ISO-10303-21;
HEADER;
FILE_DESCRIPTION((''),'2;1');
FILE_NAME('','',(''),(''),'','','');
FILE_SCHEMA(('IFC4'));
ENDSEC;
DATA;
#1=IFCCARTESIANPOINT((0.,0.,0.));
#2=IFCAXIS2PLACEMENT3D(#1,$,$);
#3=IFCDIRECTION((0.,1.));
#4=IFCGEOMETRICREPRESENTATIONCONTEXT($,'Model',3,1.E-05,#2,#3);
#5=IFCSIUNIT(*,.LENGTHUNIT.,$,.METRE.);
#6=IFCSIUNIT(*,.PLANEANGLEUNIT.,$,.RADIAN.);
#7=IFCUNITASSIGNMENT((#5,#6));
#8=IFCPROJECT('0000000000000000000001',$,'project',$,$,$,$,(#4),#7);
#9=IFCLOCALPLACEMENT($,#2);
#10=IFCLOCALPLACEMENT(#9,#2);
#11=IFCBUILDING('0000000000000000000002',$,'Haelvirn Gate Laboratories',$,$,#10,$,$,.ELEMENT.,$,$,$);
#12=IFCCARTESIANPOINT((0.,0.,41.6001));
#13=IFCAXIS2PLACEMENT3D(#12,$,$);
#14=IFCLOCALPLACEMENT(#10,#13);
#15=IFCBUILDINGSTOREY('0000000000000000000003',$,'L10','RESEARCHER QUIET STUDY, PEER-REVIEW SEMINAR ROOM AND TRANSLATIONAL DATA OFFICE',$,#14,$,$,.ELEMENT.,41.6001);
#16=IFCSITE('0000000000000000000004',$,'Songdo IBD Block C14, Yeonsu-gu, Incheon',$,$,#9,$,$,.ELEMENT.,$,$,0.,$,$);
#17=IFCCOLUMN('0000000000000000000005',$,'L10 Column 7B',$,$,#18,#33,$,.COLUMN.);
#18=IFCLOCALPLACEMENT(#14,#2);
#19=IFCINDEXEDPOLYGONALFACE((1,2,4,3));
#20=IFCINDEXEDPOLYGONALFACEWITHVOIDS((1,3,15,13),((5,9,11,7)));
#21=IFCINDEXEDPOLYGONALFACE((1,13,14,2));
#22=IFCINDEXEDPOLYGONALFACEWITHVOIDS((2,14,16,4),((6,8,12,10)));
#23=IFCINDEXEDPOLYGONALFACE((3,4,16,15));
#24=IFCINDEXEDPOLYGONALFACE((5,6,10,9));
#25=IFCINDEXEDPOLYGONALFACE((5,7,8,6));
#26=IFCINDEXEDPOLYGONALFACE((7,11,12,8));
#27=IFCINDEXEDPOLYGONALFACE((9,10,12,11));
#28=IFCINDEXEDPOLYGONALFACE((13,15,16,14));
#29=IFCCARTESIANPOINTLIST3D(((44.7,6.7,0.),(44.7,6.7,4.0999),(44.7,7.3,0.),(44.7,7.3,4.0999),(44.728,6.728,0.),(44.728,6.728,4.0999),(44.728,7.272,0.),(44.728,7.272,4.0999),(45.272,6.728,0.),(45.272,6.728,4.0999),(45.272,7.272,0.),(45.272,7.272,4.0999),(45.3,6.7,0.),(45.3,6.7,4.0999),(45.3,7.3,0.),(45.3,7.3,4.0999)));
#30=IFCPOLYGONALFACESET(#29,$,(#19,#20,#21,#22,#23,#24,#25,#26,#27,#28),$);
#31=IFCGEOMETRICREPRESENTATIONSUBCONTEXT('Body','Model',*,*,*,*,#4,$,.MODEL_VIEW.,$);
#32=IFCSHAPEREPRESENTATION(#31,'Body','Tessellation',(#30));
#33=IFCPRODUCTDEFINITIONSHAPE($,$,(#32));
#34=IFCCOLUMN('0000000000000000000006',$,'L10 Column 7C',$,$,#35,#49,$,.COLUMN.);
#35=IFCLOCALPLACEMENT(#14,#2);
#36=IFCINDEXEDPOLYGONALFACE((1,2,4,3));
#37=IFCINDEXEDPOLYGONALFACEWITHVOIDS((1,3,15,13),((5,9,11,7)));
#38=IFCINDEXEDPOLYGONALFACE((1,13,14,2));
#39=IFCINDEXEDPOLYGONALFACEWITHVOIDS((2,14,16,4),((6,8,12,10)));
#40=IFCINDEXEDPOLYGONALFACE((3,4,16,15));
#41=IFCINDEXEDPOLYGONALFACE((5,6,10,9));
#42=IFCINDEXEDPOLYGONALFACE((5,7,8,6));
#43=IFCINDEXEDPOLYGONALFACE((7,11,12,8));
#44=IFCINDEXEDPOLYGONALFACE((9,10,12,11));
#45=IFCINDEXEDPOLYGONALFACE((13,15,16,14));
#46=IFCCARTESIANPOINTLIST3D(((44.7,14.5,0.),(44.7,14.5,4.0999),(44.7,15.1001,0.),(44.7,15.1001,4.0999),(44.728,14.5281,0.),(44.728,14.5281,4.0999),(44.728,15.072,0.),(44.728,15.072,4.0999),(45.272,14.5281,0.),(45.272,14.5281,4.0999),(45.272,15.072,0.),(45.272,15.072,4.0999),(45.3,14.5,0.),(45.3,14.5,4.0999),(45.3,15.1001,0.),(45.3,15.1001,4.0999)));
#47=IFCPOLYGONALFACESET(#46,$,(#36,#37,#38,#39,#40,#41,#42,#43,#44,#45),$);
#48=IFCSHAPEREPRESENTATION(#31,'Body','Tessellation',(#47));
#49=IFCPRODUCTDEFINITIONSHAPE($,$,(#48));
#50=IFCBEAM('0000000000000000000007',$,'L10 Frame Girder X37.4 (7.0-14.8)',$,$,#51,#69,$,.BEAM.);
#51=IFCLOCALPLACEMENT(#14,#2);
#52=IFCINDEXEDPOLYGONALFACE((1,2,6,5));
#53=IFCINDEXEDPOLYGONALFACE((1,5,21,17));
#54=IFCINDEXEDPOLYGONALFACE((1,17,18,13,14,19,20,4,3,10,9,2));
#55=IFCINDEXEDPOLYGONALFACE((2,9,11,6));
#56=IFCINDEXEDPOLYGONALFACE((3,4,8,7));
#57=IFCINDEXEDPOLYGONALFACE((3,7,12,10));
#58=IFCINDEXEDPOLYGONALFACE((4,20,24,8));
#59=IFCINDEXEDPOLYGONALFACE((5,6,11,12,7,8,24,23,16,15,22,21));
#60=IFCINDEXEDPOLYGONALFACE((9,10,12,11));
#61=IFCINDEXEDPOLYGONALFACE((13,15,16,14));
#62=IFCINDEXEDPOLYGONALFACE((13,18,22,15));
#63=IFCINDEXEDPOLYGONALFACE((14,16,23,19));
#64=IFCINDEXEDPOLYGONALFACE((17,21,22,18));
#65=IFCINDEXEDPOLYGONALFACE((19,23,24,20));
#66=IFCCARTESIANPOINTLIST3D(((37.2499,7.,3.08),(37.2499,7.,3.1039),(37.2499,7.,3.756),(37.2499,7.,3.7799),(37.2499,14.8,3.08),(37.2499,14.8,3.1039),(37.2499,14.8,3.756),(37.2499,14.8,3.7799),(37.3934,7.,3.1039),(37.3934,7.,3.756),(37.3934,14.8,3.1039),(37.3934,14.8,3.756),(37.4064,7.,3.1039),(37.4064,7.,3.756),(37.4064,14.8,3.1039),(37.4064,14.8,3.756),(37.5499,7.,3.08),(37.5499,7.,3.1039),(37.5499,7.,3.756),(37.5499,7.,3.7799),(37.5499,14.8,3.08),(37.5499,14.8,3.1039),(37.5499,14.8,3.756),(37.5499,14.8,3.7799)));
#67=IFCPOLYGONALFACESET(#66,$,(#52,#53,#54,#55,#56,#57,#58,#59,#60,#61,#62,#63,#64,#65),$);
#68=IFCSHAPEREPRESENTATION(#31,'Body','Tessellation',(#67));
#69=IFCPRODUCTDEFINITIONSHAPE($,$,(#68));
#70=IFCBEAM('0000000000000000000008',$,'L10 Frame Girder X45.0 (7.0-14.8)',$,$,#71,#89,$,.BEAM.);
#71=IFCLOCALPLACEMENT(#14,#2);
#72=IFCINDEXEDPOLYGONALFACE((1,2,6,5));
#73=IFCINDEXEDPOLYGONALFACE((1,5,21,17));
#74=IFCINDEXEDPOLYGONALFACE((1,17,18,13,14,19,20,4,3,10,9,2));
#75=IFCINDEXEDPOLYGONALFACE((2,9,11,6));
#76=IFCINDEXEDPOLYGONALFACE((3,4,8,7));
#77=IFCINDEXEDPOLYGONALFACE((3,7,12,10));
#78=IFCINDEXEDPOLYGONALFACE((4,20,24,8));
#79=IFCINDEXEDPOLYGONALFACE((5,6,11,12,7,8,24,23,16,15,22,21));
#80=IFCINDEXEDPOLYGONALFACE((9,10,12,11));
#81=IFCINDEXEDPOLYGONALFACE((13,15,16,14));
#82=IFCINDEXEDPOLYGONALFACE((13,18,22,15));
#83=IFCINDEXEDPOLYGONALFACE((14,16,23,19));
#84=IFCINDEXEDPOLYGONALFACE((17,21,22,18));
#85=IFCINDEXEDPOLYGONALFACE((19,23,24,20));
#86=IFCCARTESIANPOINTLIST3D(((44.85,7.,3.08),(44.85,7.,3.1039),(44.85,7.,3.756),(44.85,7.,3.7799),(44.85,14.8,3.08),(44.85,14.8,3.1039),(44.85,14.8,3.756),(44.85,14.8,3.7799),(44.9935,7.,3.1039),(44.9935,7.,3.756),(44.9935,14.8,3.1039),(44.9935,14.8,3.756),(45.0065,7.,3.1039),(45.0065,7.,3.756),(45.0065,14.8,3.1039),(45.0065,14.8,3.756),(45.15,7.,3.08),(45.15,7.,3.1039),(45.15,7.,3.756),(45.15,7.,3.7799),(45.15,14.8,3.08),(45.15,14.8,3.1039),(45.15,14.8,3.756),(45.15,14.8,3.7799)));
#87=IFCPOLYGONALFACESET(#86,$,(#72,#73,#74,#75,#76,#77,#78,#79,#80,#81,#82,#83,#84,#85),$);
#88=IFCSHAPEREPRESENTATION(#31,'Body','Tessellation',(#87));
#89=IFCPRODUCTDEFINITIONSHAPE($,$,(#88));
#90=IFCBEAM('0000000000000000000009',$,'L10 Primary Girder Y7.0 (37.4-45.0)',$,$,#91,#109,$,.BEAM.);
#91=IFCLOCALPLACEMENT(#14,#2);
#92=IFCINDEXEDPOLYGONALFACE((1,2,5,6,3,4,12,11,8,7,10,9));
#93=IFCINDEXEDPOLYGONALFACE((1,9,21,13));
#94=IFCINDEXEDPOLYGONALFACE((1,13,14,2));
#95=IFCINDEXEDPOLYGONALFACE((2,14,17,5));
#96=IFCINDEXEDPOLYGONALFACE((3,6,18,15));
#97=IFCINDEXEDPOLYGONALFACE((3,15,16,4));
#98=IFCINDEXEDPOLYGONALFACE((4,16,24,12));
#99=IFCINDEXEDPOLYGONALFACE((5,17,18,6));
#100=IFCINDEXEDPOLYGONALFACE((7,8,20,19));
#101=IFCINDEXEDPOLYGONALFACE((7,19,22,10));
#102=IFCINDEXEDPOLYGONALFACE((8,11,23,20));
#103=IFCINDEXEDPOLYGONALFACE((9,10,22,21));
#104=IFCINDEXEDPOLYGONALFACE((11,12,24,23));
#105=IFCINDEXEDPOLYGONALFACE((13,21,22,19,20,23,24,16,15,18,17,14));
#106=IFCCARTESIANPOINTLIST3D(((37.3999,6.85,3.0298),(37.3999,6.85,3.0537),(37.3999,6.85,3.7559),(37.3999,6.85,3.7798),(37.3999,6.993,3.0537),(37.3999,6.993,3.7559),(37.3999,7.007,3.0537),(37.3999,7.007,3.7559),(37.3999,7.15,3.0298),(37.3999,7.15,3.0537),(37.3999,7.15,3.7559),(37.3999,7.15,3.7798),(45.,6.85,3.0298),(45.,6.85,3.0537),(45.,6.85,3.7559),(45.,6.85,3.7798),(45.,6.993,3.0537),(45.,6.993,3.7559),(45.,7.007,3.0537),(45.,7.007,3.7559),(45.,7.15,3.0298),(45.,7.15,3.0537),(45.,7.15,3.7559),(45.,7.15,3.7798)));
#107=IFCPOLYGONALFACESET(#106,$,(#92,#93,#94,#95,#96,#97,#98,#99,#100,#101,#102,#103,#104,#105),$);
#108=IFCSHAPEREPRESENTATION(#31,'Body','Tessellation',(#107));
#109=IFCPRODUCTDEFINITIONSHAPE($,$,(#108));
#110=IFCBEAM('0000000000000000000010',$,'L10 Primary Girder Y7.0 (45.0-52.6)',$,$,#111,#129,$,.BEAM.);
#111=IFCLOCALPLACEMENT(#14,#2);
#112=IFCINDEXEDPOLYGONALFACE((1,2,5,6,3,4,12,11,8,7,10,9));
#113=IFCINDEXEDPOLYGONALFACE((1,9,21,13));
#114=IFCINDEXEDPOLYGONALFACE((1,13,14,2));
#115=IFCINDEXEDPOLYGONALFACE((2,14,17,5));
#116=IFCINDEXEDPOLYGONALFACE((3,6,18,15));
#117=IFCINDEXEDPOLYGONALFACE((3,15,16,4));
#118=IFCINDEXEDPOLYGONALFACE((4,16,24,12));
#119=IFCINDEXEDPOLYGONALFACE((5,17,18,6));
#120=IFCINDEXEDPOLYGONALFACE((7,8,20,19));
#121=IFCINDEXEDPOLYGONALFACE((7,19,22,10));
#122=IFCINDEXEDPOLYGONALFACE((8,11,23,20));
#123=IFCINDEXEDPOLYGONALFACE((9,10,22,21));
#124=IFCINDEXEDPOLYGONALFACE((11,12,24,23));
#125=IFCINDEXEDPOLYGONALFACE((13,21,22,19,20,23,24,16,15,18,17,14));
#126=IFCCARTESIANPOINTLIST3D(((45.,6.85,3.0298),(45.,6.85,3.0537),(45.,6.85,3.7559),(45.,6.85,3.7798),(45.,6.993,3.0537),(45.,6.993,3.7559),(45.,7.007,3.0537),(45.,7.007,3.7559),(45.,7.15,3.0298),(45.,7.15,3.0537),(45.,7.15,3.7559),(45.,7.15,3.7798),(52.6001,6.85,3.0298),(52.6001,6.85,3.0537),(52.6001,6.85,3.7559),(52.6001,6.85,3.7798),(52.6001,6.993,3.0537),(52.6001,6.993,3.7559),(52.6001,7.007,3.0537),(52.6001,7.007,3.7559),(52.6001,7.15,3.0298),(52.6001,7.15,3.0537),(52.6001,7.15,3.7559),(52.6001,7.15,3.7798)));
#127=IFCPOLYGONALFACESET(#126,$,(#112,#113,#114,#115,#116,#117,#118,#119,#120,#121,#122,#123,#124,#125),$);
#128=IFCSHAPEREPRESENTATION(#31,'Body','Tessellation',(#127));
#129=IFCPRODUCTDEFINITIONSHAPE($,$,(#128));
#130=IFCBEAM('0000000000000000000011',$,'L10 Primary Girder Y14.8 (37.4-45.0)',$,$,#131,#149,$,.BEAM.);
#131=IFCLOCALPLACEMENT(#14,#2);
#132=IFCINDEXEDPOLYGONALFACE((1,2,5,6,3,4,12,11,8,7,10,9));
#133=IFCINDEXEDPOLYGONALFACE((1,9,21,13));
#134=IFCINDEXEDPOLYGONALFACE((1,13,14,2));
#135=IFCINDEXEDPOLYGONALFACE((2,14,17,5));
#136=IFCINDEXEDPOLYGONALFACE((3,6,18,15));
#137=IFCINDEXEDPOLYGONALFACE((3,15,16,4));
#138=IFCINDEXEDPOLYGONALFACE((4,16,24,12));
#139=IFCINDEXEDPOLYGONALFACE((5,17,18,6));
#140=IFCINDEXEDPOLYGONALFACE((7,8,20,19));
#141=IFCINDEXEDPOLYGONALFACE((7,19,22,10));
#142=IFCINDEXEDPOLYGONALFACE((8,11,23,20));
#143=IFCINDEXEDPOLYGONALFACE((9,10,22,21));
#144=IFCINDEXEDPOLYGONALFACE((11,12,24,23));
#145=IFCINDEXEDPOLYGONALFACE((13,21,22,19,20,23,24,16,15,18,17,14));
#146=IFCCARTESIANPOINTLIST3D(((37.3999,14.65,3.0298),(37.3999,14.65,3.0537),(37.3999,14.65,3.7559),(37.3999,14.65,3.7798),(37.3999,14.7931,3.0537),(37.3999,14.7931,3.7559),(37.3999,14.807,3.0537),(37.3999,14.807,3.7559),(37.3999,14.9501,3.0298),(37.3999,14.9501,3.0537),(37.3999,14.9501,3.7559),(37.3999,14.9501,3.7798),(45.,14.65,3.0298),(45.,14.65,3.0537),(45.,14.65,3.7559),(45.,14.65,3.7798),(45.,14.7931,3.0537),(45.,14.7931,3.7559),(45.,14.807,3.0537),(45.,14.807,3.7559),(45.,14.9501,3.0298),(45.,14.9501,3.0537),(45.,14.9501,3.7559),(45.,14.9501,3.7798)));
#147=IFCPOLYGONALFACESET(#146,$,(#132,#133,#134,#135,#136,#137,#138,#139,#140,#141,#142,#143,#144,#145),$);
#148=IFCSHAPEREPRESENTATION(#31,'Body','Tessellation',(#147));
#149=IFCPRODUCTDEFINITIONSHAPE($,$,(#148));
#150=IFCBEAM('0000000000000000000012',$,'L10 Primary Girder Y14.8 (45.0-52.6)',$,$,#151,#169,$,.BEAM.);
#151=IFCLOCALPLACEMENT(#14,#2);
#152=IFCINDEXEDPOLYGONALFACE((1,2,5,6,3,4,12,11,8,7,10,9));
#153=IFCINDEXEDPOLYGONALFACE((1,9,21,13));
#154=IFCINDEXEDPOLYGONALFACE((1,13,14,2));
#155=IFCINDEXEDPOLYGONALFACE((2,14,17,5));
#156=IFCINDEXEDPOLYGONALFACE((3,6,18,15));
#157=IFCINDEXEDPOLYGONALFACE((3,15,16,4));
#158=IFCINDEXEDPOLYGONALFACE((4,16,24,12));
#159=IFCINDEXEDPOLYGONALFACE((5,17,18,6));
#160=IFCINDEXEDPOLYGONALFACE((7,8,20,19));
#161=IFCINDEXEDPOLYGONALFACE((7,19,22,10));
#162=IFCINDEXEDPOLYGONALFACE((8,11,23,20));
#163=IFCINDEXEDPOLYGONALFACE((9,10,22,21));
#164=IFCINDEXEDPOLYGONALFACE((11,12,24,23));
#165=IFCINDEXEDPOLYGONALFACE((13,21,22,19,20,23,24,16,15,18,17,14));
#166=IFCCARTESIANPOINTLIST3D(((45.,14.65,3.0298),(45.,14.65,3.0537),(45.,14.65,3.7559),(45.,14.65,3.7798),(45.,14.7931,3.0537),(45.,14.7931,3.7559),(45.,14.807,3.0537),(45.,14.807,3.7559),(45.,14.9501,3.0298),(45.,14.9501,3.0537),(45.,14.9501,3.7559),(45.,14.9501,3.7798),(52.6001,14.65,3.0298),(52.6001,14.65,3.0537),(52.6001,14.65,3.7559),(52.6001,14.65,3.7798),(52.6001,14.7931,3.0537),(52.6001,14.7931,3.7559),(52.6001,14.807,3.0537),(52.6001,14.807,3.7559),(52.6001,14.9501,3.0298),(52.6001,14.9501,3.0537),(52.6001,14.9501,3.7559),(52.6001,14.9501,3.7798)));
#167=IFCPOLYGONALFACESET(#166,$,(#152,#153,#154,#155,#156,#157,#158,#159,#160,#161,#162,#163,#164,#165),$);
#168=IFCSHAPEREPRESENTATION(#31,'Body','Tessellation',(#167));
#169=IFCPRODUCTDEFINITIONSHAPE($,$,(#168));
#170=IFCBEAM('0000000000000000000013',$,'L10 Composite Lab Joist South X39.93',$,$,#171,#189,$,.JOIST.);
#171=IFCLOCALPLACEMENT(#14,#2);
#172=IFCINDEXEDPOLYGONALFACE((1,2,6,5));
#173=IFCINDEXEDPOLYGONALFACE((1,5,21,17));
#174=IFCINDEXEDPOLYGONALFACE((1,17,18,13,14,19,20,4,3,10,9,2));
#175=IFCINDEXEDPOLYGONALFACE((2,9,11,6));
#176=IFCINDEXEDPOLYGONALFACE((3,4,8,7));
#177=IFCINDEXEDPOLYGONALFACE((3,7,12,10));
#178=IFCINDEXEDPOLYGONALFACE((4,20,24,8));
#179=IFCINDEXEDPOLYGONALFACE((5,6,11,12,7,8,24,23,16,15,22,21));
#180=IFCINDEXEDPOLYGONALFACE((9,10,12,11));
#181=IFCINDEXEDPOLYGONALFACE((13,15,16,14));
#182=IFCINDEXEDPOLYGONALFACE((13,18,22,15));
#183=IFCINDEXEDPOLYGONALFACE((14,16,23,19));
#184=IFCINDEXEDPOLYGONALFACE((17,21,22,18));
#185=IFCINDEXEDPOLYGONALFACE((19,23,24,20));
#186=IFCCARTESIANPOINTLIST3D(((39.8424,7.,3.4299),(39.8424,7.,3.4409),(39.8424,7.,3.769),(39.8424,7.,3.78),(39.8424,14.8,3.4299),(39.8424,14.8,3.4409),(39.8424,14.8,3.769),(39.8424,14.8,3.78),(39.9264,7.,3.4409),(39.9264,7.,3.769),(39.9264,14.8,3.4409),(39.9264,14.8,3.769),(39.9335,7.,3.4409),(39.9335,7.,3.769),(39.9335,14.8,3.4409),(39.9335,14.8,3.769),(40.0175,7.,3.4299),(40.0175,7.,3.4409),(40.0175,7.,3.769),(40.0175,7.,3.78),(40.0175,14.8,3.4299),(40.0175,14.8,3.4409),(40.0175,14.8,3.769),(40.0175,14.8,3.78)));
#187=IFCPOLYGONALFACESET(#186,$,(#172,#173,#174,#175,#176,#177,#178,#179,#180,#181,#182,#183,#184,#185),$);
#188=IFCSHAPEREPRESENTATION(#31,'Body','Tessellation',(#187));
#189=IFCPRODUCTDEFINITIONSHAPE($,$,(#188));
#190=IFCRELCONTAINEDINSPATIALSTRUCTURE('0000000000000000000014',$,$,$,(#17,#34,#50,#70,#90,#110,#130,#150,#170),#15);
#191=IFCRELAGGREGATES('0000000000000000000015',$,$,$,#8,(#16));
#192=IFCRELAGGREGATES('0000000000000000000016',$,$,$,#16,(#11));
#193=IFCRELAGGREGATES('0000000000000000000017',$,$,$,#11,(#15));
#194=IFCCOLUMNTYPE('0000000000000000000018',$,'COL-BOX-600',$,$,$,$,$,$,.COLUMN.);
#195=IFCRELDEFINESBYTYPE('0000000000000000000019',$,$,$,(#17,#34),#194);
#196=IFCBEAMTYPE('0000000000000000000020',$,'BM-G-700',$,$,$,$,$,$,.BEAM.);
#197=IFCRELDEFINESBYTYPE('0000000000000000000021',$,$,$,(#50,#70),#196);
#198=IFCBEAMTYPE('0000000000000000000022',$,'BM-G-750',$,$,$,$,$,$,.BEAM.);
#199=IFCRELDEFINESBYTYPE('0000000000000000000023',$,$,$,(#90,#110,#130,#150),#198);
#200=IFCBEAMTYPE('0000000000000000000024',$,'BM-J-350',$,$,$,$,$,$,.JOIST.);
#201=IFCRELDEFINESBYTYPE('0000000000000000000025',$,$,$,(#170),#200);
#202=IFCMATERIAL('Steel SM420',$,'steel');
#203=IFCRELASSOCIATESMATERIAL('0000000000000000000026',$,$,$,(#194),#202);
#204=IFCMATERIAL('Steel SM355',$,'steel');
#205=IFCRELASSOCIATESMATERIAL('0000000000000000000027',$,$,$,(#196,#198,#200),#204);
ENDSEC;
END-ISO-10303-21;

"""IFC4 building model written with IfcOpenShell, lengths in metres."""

from ifc_helpers import new_model, si_unit, direction, frame, origin, origin_2d, place, context, subcontext, project, spatial, hollow_rectangle, i_section, extrude, source, transform, mapped, material, material_profile, profile_set, type_object, type_shapes, element, save


model = new_model("IFC4")

# Units and contexts
model_context = context("Model", 3, precision=1e-05, world=origin(), true_north=direction((0.0, 1.0)))
body_context = subcontext(model_context, "Body", "Model", "MODEL_VIEW")
ifc_project = project(units=[si_unit("LENGTHUNIT", "METRE"), si_unit("PLANEANGLEUNIT", "RADIAN")], contexts=[model_context])

# Site, building, storey
site_placement = place(None, origin())
site = spatial("IfcSite", under=ifc_project, at=site_placement, Name="Songdo IBD Block C14, Yeonsu-gu, Incheon", CompositionType="ELEMENT", RefElevation=0.0)
building_placement = place(site_placement, origin())
building = spatial("IfcBuilding", under=site, at=building_placement, Name="Haelvirn Gate Laboratories", CompositionType="ELEMENT")
storey_placement = place(building_placement, frame((0.0, 0.0, 41.6001)))
storey = spatial("IfcBuildingStorey", under=building, at=storey_placement, Name="L10", Description="RESEARCHER QUIET STUDY, PEER-REVIEW SEMINAR ROOM AND TRANSLATIONAL DATA OFFICE", CompositionType="ELEMENT", Elevation=41.6001)

# Columns
ifc_material_1 = material(Name="Steel SM420", Category="steel")
ifc_material_profile_1 = material_profile(ifc_material_1, hollow_rectangle(XDim=0.6001, YDim=0.6001, WallThickness=0.0281, at=origin_2d()), Name="BOX-600x600x28")
ifc_profile_set_1 = profile_set([ifc_material_profile_1], Name="Steel SM420")
column_type = type_object("IfcColumnType", Name="COL-BOX-600", PredefinedType="COLUMN", material=ifc_profile_set_1)
shared_shape_1 = source(origin(), body_context, "Body", "SweptSolid", [
    extrude(hollow_rectangle(XDim=0.6001, YDim=0.6001, WallThickness=0.0281, at=origin_2d()), origin(), (0.0, 0.0, 1.0), 4.0999),
])
type_shapes(column_type, [shared_shape_1])
for number, where, z_axis, x_axis, name in (
    (1, (45.0, 7.0, 0.0), (0.0, 0.0, 1.0), (1.0, 0.0, 0.0), "L10 Column 7B"),
    (2, (45.0, 14.8, 0.0), (0.0, 0.0, 1.0), (1.0, 0.0, 0.0), "L10 Column 7C"),
):
    element("IfcColumn", number, at=place(storey_placement, frame(where, z_axis=z_axis, x_axis=x_axis)), inside=storey, type_object=column_type, Name=name, PredefinedType="COLUMN", context=body_context, shape_type="MappedRepresentation", body=[
        mapped(shared_shape_1, transform((0.0, 0.0, 0.0), scale=1.0)),
    ])

# Beams
ifc_material_2 = material(Name="Steel SM355", Category="steel")
ifc_material_profile_2 = material_profile(ifc_material_2, i_section(OverallWidth=0.3, OverallDepth=0.7, WebThickness=0.0129, FlangeThickness=0.0239, at=origin_2d()), Name="H-700x300x13x24")
ifc_profile_set_2 = profile_set([ifc_material_profile_2], Name="Steel SM355")
beam_type_1 = type_object("IfcBeamType", Name="BM-G-700", PredefinedType="BEAM", material=ifc_profile_set_2)
shared_shape_2 = source(origin(), body_context, "Body", "SweptSolid", [
    extrude(i_section(OverallWidth=0.3, OverallDepth=0.7, WebThickness=0.0129, FlangeThickness=0.0239, at=origin_2d()), origin(), (0.0, 0.0, 1.0), 7.8),
])
type_shapes(beam_type_1, [shared_shape_2])
for number, where, z_axis, x_axis, name in (
    (3, (37.3999, 7.0, 3.4299), (0.0, 1.0, 0.0), (-1.0, 0.0, 0.0), "L10 Frame Girder X37.4 (7.0-14.8)"),
    (4, (45.0, 7.0, 3.4299), (0.0, 1.0, 0.0), (-1.0, 0.0, 0.0), "L10 Frame Girder X45.0 (7.0-14.8)"),
):
    element("IfcBeam", number, at=place(storey_placement, frame(where, z_axis=z_axis, x_axis=x_axis)), inside=storey, type_object=beam_type_1, Name=name, PredefinedType="BEAM", context=body_context, shape_type="MappedRepresentation", body=[
        mapped(shared_shape_2, transform((0.0, 0.0, 0.0), scale=1.0)),
    ])
ifc_material_profile_3 = material_profile(ifc_material_2, i_section(OverallWidth=0.3, OverallDepth=0.75, WebThickness=0.0139, FlangeThickness=0.0239, at=origin_2d()), Name="H-750x300x14x24")
ifc_profile_set_3 = profile_set([ifc_material_profile_3], Name="Steel SM355")
beam_type_2 = type_object("IfcBeamType", Name="BM-G-750", PredefinedType="BEAM", material=ifc_profile_set_3)
shared_shape_3 = source(origin(), body_context, "Body", "SweptSolid", [
    extrude(i_section(OverallWidth=0.3, OverallDepth=0.75, WebThickness=0.0139, FlangeThickness=0.0239, at=origin_2d()), origin(), (0.0, 0.0, 1.0), 7.6001),
])
type_shapes(beam_type_2, [shared_shape_3])
for number, where, z_axis, x_axis, name in (
    (5, (37.3999, 7.0, 3.4048), (1.0, 0.0, 0.0), (0.0, 1.0, 0.0), "L10 Primary Girder Y7.0 (37.4-45.0)"),
    (6, (45.0, 7.0, 3.4048), (1.0, 0.0, 0.0), (0.0, 1.0, 0.0), "L10 Primary Girder Y7.0 (45.0-52.6)"),
    (7, (37.3999, 14.8, 3.4048), (1.0, 0.0, 0.0), (0.0, 1.0, 0.0), "L10 Primary Girder Y14.8 (37.4-45.0)"),
    (8, (45.0, 14.8, 3.4048), (1.0, 0.0, 0.0), (0.0, 1.0, 0.0), "L10 Primary Girder Y14.8 (45.0-52.6)"),
):
    element("IfcBeam", number, at=place(storey_placement, frame(where, z_axis=z_axis, x_axis=x_axis)), inside=storey, type_object=beam_type_2, Name=name, PredefinedType="BEAM", context=body_context, shape_type="MappedRepresentation", body=[
        mapped(shared_shape_3, transform((0.0, 0.0, 0.0), scale=1.0)),
    ])
ifc_material_profile_4 = material_profile(ifc_material_2, i_section(OverallWidth=0.175, OverallDepth=0.3501, WebThickness=0.0071, FlangeThickness=0.011, at=origin_2d()), Name="H-350x175x7x11")
ifc_profile_set_4 = profile_set([ifc_material_profile_4], Name="Steel SM355")
beam_type_3 = type_object("IfcBeamType", Name="BM-J-350", PredefinedType="JOIST", material=ifc_profile_set_4)
shared_shape_4 = source(origin(), body_context, "Body", "SweptSolid", [
    extrude(i_section(OverallWidth=0.175, OverallDepth=0.3501, WebThickness=0.0071, FlangeThickness=0.011, at=origin_2d()), origin(), (0.0, 0.0, 1.0), 7.8),
])
type_shapes(beam_type_3, [shared_shape_4])
for number, where, z_axis, x_axis, name in (
    (9, (39.9299, 7.0, 3.605), (0.0, 1.0, 0.0), (-1.0, 0.0, 0.0), "L10 Composite Lab Joist South X39.93"),
):
    element("IfcBeam", number, at=place(storey_placement, frame(where, z_axis=z_axis, x_axis=x_axis)), inside=storey, type_object=beam_type_3, Name=name, PredefinedType="JOIST", context=body_context, shape_type="MappedRepresentation", body=[
        mapped(shared_shape_4, transform((0.0, 0.0, 0.0), scale=1.0)),
    ])

save(model, "model.ifc")
